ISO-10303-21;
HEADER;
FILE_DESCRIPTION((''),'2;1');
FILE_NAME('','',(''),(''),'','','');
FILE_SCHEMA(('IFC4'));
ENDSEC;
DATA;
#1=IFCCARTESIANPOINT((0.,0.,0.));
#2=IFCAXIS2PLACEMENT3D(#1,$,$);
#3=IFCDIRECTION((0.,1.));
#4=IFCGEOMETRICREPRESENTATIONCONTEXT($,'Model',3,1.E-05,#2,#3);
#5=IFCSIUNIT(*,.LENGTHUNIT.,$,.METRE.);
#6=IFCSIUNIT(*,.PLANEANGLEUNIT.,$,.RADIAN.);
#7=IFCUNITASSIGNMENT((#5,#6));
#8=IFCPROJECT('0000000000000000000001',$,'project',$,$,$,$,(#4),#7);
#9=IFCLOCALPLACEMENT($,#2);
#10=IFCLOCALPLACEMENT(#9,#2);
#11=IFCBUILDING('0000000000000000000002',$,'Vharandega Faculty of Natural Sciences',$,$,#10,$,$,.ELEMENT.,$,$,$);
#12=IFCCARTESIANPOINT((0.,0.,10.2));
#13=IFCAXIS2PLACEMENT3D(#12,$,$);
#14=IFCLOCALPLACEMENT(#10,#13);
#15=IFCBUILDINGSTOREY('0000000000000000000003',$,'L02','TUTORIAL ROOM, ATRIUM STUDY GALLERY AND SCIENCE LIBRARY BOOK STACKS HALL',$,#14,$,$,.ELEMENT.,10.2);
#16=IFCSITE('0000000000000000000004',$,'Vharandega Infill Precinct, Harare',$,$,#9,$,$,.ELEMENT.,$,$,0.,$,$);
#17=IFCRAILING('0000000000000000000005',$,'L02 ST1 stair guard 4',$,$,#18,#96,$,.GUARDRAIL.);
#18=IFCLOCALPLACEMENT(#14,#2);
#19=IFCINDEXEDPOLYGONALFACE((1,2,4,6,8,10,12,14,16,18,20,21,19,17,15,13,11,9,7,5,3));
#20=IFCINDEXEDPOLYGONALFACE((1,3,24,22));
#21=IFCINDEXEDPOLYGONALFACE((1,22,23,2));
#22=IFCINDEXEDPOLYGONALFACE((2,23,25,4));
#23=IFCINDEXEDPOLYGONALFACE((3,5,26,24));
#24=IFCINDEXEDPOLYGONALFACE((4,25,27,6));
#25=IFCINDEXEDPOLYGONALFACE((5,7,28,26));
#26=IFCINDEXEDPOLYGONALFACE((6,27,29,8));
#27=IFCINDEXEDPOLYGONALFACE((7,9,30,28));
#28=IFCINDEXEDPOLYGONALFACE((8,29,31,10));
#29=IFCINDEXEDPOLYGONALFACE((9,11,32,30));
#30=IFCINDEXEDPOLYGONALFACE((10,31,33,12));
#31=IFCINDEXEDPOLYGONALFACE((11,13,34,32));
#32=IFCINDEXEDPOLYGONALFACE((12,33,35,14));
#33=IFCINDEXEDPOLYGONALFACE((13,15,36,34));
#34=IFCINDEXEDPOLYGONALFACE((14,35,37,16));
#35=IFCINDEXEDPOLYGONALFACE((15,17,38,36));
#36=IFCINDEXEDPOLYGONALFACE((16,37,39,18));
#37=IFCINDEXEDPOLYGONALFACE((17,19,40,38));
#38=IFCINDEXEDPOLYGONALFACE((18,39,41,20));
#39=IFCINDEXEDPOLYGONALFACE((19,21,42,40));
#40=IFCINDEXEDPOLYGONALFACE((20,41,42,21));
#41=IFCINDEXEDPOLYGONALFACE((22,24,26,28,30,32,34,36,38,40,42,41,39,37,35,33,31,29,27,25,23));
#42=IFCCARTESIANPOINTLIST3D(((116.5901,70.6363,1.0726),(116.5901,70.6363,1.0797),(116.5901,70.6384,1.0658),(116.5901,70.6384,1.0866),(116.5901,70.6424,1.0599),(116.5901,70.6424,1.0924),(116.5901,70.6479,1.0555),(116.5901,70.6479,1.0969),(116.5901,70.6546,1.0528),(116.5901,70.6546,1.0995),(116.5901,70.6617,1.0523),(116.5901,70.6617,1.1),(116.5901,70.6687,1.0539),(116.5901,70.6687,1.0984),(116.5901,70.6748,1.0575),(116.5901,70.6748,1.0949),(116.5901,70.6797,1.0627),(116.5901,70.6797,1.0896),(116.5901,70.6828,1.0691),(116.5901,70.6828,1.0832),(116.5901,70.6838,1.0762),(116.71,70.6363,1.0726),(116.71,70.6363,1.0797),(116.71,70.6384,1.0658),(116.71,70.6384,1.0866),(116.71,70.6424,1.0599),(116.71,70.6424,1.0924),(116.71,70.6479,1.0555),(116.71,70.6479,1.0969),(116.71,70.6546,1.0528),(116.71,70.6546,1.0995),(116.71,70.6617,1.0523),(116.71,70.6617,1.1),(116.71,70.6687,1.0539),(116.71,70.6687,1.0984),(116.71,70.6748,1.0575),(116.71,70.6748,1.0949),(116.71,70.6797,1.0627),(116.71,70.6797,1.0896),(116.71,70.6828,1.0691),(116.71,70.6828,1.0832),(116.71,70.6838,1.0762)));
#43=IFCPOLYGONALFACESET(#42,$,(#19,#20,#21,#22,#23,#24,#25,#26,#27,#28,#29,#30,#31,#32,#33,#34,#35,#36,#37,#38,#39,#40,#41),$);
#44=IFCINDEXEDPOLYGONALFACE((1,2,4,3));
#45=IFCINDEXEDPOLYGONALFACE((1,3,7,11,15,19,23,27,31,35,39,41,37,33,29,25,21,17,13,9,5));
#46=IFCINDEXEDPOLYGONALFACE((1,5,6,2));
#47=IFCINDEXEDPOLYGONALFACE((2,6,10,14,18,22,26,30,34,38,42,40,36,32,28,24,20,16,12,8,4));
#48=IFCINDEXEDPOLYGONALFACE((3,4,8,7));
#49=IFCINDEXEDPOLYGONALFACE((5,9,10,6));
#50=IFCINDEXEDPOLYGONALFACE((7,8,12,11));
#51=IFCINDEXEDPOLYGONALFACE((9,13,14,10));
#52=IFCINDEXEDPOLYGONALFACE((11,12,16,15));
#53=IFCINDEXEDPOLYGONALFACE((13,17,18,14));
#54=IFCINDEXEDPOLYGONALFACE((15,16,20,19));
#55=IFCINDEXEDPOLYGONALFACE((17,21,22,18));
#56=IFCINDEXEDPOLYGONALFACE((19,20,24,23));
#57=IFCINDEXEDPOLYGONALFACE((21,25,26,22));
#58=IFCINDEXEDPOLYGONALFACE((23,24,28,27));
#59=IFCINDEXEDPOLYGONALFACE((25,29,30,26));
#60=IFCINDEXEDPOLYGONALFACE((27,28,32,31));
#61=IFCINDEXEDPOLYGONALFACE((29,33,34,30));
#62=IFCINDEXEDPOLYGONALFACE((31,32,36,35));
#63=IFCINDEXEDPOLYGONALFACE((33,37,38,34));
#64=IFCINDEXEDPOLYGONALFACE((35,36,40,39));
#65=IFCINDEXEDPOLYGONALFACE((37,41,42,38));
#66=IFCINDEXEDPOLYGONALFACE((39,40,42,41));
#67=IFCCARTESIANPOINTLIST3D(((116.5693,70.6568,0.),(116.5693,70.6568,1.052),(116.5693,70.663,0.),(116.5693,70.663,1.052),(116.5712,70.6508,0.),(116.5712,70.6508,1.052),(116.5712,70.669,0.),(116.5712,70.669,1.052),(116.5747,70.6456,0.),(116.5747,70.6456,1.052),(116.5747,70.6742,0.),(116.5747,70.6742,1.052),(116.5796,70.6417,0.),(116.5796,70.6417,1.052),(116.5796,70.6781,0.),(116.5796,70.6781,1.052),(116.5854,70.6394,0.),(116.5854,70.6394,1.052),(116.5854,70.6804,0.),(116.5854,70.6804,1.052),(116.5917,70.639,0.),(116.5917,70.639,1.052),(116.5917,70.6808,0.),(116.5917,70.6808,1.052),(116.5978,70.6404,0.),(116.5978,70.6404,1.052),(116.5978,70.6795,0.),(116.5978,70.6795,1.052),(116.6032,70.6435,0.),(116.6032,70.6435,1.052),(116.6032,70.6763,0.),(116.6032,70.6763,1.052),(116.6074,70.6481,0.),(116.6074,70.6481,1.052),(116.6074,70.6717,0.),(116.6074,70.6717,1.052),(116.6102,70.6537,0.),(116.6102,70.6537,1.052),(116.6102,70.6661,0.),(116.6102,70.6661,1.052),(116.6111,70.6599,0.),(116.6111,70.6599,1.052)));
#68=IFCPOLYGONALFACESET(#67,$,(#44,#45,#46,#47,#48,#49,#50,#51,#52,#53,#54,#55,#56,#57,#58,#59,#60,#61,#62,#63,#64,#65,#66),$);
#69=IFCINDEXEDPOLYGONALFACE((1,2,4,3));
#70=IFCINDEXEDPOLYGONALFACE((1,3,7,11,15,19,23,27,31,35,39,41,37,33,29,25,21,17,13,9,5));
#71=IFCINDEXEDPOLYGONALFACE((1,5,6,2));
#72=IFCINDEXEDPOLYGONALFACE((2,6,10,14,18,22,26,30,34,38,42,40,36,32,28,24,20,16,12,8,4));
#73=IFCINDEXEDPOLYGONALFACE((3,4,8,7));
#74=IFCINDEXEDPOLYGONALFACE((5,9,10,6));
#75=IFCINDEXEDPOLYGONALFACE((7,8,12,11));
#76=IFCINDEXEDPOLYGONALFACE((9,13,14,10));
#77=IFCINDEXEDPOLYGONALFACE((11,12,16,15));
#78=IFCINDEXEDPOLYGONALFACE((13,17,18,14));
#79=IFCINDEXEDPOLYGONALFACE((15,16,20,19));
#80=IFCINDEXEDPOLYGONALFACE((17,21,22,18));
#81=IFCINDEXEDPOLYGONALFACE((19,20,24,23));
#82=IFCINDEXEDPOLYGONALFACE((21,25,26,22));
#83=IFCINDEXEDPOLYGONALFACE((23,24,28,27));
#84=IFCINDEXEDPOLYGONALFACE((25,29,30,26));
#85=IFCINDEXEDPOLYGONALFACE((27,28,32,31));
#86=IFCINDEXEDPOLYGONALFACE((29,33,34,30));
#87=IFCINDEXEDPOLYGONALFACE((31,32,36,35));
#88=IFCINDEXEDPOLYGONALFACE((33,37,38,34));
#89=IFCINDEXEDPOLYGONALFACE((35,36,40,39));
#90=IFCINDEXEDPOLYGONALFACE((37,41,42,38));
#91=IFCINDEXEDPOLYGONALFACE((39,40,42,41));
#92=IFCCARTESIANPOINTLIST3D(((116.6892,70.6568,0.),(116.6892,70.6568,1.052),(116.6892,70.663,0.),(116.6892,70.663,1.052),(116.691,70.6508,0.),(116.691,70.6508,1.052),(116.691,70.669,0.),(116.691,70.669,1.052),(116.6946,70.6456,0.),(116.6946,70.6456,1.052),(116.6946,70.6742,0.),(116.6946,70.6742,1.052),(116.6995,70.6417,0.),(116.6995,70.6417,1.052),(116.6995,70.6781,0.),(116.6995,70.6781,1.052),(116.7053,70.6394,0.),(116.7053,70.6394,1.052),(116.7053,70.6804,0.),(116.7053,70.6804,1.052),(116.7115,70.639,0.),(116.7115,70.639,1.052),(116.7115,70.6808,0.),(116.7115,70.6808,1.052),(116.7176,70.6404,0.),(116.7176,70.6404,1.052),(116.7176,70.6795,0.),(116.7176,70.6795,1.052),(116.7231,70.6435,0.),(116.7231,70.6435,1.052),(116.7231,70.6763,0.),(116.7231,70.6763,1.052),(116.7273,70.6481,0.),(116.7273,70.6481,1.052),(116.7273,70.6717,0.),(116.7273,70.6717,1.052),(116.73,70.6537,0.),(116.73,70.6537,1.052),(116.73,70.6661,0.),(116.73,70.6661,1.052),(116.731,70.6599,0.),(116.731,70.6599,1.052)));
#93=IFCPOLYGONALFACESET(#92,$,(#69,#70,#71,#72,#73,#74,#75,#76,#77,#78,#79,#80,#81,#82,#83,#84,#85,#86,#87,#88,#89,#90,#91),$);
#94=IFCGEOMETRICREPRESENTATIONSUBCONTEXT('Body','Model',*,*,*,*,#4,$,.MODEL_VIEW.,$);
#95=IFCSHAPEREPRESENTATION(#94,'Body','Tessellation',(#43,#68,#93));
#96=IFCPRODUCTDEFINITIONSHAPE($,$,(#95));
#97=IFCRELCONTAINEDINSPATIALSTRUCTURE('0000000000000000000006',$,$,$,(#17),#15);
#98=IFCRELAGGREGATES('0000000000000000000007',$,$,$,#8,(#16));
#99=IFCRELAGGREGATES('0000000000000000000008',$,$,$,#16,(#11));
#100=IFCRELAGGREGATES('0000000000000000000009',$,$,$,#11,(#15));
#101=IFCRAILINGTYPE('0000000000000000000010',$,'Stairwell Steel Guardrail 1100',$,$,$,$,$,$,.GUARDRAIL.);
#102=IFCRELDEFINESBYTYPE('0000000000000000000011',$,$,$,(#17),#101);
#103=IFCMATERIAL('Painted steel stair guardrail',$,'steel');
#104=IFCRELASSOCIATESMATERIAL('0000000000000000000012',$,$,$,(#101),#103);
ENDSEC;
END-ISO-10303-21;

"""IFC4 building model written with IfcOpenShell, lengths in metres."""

from ifc_helpers import new_model, si_unit, direction, frame, origin, origin_2d, place, context, subcontext, project, spatial, circle, extrude, material, type_object, element, save


model = new_model("IFC4")

# Units and contexts
model_context = context("Model", 3, precision=1e-05, world=origin(), true_north=direction((0.0, 1.0)))
body_context = subcontext(model_context, "Body", "Model", "MODEL_VIEW")
ifc_project = project(units=[si_unit("LENGTHUNIT", "METRE"), si_unit("PLANEANGLEUNIT", "RADIAN")], contexts=[model_context])

# Site, building, storey
site_placement = place(None, origin())
site = spatial("IfcSite", under=ifc_project, at=site_placement, Name="Vharandega Infill Precinct, Harare", CompositionType="ELEMENT", RefElevation=0.0)
building_placement = place(site_placement, origin())
building = spatial("IfcBuilding", under=site, at=building_placement, Name="Vharandega Faculty of Natural Sciences", CompositionType="ELEMENT")
storey_placement = place(building_placement, frame((0.0, 0.0, 10.2)))
storey = spatial("IfcBuildingStorey", under=building, at=storey_placement, Name="L02", Description="TUTORIAL ROOM, ATRIUM STUDY GALLERY AND SCIENCE LIBRARY BOOK STACKS HALL", CompositionType="ELEMENT", Elevation=10.2)

# Railing
ifc_material_1 = material(Name="Painted steel stair guardrail", Category="steel")
railing_type_1 = type_object("IfcRailingType", Name="Stairwell Steel Guardrail 1100", PredefinedType="GUARDRAIL", material=ifc_material_1)
railing_1_placement = place(storey_placement, frame((116.5901, 70.6599, 0.0)))
element("IfcRailing", 1, at=railing_1_placement, inside=storey, type_object=railing_type_1, Name="L02 ST1 stair guard 4", PredefinedType="GUARDRAIL", context=body_context, shape_type="SweptSolid", body=[
    extrude(circle(Radius=0.0239, at=origin_2d()), frame((0.0, 0.0, 1.0762), z_axis=(1.0, 0.0, 0.0), x_axis=(0.0, 1.0, 0.0)), (0.0, 0.0, 1.0), 0.1199),
    extrude(circle(Radius=0.021, at=origin_2d()), origin(), (0.0, 0.0, 1.0), 1.052),
    extrude(circle(Radius=0.021, at=origin_2d()), frame((0.1199, 0.0, 0.0)), (0.0, 0.0, 1.0), 1.052),
])

save(model, "model.ifc")
